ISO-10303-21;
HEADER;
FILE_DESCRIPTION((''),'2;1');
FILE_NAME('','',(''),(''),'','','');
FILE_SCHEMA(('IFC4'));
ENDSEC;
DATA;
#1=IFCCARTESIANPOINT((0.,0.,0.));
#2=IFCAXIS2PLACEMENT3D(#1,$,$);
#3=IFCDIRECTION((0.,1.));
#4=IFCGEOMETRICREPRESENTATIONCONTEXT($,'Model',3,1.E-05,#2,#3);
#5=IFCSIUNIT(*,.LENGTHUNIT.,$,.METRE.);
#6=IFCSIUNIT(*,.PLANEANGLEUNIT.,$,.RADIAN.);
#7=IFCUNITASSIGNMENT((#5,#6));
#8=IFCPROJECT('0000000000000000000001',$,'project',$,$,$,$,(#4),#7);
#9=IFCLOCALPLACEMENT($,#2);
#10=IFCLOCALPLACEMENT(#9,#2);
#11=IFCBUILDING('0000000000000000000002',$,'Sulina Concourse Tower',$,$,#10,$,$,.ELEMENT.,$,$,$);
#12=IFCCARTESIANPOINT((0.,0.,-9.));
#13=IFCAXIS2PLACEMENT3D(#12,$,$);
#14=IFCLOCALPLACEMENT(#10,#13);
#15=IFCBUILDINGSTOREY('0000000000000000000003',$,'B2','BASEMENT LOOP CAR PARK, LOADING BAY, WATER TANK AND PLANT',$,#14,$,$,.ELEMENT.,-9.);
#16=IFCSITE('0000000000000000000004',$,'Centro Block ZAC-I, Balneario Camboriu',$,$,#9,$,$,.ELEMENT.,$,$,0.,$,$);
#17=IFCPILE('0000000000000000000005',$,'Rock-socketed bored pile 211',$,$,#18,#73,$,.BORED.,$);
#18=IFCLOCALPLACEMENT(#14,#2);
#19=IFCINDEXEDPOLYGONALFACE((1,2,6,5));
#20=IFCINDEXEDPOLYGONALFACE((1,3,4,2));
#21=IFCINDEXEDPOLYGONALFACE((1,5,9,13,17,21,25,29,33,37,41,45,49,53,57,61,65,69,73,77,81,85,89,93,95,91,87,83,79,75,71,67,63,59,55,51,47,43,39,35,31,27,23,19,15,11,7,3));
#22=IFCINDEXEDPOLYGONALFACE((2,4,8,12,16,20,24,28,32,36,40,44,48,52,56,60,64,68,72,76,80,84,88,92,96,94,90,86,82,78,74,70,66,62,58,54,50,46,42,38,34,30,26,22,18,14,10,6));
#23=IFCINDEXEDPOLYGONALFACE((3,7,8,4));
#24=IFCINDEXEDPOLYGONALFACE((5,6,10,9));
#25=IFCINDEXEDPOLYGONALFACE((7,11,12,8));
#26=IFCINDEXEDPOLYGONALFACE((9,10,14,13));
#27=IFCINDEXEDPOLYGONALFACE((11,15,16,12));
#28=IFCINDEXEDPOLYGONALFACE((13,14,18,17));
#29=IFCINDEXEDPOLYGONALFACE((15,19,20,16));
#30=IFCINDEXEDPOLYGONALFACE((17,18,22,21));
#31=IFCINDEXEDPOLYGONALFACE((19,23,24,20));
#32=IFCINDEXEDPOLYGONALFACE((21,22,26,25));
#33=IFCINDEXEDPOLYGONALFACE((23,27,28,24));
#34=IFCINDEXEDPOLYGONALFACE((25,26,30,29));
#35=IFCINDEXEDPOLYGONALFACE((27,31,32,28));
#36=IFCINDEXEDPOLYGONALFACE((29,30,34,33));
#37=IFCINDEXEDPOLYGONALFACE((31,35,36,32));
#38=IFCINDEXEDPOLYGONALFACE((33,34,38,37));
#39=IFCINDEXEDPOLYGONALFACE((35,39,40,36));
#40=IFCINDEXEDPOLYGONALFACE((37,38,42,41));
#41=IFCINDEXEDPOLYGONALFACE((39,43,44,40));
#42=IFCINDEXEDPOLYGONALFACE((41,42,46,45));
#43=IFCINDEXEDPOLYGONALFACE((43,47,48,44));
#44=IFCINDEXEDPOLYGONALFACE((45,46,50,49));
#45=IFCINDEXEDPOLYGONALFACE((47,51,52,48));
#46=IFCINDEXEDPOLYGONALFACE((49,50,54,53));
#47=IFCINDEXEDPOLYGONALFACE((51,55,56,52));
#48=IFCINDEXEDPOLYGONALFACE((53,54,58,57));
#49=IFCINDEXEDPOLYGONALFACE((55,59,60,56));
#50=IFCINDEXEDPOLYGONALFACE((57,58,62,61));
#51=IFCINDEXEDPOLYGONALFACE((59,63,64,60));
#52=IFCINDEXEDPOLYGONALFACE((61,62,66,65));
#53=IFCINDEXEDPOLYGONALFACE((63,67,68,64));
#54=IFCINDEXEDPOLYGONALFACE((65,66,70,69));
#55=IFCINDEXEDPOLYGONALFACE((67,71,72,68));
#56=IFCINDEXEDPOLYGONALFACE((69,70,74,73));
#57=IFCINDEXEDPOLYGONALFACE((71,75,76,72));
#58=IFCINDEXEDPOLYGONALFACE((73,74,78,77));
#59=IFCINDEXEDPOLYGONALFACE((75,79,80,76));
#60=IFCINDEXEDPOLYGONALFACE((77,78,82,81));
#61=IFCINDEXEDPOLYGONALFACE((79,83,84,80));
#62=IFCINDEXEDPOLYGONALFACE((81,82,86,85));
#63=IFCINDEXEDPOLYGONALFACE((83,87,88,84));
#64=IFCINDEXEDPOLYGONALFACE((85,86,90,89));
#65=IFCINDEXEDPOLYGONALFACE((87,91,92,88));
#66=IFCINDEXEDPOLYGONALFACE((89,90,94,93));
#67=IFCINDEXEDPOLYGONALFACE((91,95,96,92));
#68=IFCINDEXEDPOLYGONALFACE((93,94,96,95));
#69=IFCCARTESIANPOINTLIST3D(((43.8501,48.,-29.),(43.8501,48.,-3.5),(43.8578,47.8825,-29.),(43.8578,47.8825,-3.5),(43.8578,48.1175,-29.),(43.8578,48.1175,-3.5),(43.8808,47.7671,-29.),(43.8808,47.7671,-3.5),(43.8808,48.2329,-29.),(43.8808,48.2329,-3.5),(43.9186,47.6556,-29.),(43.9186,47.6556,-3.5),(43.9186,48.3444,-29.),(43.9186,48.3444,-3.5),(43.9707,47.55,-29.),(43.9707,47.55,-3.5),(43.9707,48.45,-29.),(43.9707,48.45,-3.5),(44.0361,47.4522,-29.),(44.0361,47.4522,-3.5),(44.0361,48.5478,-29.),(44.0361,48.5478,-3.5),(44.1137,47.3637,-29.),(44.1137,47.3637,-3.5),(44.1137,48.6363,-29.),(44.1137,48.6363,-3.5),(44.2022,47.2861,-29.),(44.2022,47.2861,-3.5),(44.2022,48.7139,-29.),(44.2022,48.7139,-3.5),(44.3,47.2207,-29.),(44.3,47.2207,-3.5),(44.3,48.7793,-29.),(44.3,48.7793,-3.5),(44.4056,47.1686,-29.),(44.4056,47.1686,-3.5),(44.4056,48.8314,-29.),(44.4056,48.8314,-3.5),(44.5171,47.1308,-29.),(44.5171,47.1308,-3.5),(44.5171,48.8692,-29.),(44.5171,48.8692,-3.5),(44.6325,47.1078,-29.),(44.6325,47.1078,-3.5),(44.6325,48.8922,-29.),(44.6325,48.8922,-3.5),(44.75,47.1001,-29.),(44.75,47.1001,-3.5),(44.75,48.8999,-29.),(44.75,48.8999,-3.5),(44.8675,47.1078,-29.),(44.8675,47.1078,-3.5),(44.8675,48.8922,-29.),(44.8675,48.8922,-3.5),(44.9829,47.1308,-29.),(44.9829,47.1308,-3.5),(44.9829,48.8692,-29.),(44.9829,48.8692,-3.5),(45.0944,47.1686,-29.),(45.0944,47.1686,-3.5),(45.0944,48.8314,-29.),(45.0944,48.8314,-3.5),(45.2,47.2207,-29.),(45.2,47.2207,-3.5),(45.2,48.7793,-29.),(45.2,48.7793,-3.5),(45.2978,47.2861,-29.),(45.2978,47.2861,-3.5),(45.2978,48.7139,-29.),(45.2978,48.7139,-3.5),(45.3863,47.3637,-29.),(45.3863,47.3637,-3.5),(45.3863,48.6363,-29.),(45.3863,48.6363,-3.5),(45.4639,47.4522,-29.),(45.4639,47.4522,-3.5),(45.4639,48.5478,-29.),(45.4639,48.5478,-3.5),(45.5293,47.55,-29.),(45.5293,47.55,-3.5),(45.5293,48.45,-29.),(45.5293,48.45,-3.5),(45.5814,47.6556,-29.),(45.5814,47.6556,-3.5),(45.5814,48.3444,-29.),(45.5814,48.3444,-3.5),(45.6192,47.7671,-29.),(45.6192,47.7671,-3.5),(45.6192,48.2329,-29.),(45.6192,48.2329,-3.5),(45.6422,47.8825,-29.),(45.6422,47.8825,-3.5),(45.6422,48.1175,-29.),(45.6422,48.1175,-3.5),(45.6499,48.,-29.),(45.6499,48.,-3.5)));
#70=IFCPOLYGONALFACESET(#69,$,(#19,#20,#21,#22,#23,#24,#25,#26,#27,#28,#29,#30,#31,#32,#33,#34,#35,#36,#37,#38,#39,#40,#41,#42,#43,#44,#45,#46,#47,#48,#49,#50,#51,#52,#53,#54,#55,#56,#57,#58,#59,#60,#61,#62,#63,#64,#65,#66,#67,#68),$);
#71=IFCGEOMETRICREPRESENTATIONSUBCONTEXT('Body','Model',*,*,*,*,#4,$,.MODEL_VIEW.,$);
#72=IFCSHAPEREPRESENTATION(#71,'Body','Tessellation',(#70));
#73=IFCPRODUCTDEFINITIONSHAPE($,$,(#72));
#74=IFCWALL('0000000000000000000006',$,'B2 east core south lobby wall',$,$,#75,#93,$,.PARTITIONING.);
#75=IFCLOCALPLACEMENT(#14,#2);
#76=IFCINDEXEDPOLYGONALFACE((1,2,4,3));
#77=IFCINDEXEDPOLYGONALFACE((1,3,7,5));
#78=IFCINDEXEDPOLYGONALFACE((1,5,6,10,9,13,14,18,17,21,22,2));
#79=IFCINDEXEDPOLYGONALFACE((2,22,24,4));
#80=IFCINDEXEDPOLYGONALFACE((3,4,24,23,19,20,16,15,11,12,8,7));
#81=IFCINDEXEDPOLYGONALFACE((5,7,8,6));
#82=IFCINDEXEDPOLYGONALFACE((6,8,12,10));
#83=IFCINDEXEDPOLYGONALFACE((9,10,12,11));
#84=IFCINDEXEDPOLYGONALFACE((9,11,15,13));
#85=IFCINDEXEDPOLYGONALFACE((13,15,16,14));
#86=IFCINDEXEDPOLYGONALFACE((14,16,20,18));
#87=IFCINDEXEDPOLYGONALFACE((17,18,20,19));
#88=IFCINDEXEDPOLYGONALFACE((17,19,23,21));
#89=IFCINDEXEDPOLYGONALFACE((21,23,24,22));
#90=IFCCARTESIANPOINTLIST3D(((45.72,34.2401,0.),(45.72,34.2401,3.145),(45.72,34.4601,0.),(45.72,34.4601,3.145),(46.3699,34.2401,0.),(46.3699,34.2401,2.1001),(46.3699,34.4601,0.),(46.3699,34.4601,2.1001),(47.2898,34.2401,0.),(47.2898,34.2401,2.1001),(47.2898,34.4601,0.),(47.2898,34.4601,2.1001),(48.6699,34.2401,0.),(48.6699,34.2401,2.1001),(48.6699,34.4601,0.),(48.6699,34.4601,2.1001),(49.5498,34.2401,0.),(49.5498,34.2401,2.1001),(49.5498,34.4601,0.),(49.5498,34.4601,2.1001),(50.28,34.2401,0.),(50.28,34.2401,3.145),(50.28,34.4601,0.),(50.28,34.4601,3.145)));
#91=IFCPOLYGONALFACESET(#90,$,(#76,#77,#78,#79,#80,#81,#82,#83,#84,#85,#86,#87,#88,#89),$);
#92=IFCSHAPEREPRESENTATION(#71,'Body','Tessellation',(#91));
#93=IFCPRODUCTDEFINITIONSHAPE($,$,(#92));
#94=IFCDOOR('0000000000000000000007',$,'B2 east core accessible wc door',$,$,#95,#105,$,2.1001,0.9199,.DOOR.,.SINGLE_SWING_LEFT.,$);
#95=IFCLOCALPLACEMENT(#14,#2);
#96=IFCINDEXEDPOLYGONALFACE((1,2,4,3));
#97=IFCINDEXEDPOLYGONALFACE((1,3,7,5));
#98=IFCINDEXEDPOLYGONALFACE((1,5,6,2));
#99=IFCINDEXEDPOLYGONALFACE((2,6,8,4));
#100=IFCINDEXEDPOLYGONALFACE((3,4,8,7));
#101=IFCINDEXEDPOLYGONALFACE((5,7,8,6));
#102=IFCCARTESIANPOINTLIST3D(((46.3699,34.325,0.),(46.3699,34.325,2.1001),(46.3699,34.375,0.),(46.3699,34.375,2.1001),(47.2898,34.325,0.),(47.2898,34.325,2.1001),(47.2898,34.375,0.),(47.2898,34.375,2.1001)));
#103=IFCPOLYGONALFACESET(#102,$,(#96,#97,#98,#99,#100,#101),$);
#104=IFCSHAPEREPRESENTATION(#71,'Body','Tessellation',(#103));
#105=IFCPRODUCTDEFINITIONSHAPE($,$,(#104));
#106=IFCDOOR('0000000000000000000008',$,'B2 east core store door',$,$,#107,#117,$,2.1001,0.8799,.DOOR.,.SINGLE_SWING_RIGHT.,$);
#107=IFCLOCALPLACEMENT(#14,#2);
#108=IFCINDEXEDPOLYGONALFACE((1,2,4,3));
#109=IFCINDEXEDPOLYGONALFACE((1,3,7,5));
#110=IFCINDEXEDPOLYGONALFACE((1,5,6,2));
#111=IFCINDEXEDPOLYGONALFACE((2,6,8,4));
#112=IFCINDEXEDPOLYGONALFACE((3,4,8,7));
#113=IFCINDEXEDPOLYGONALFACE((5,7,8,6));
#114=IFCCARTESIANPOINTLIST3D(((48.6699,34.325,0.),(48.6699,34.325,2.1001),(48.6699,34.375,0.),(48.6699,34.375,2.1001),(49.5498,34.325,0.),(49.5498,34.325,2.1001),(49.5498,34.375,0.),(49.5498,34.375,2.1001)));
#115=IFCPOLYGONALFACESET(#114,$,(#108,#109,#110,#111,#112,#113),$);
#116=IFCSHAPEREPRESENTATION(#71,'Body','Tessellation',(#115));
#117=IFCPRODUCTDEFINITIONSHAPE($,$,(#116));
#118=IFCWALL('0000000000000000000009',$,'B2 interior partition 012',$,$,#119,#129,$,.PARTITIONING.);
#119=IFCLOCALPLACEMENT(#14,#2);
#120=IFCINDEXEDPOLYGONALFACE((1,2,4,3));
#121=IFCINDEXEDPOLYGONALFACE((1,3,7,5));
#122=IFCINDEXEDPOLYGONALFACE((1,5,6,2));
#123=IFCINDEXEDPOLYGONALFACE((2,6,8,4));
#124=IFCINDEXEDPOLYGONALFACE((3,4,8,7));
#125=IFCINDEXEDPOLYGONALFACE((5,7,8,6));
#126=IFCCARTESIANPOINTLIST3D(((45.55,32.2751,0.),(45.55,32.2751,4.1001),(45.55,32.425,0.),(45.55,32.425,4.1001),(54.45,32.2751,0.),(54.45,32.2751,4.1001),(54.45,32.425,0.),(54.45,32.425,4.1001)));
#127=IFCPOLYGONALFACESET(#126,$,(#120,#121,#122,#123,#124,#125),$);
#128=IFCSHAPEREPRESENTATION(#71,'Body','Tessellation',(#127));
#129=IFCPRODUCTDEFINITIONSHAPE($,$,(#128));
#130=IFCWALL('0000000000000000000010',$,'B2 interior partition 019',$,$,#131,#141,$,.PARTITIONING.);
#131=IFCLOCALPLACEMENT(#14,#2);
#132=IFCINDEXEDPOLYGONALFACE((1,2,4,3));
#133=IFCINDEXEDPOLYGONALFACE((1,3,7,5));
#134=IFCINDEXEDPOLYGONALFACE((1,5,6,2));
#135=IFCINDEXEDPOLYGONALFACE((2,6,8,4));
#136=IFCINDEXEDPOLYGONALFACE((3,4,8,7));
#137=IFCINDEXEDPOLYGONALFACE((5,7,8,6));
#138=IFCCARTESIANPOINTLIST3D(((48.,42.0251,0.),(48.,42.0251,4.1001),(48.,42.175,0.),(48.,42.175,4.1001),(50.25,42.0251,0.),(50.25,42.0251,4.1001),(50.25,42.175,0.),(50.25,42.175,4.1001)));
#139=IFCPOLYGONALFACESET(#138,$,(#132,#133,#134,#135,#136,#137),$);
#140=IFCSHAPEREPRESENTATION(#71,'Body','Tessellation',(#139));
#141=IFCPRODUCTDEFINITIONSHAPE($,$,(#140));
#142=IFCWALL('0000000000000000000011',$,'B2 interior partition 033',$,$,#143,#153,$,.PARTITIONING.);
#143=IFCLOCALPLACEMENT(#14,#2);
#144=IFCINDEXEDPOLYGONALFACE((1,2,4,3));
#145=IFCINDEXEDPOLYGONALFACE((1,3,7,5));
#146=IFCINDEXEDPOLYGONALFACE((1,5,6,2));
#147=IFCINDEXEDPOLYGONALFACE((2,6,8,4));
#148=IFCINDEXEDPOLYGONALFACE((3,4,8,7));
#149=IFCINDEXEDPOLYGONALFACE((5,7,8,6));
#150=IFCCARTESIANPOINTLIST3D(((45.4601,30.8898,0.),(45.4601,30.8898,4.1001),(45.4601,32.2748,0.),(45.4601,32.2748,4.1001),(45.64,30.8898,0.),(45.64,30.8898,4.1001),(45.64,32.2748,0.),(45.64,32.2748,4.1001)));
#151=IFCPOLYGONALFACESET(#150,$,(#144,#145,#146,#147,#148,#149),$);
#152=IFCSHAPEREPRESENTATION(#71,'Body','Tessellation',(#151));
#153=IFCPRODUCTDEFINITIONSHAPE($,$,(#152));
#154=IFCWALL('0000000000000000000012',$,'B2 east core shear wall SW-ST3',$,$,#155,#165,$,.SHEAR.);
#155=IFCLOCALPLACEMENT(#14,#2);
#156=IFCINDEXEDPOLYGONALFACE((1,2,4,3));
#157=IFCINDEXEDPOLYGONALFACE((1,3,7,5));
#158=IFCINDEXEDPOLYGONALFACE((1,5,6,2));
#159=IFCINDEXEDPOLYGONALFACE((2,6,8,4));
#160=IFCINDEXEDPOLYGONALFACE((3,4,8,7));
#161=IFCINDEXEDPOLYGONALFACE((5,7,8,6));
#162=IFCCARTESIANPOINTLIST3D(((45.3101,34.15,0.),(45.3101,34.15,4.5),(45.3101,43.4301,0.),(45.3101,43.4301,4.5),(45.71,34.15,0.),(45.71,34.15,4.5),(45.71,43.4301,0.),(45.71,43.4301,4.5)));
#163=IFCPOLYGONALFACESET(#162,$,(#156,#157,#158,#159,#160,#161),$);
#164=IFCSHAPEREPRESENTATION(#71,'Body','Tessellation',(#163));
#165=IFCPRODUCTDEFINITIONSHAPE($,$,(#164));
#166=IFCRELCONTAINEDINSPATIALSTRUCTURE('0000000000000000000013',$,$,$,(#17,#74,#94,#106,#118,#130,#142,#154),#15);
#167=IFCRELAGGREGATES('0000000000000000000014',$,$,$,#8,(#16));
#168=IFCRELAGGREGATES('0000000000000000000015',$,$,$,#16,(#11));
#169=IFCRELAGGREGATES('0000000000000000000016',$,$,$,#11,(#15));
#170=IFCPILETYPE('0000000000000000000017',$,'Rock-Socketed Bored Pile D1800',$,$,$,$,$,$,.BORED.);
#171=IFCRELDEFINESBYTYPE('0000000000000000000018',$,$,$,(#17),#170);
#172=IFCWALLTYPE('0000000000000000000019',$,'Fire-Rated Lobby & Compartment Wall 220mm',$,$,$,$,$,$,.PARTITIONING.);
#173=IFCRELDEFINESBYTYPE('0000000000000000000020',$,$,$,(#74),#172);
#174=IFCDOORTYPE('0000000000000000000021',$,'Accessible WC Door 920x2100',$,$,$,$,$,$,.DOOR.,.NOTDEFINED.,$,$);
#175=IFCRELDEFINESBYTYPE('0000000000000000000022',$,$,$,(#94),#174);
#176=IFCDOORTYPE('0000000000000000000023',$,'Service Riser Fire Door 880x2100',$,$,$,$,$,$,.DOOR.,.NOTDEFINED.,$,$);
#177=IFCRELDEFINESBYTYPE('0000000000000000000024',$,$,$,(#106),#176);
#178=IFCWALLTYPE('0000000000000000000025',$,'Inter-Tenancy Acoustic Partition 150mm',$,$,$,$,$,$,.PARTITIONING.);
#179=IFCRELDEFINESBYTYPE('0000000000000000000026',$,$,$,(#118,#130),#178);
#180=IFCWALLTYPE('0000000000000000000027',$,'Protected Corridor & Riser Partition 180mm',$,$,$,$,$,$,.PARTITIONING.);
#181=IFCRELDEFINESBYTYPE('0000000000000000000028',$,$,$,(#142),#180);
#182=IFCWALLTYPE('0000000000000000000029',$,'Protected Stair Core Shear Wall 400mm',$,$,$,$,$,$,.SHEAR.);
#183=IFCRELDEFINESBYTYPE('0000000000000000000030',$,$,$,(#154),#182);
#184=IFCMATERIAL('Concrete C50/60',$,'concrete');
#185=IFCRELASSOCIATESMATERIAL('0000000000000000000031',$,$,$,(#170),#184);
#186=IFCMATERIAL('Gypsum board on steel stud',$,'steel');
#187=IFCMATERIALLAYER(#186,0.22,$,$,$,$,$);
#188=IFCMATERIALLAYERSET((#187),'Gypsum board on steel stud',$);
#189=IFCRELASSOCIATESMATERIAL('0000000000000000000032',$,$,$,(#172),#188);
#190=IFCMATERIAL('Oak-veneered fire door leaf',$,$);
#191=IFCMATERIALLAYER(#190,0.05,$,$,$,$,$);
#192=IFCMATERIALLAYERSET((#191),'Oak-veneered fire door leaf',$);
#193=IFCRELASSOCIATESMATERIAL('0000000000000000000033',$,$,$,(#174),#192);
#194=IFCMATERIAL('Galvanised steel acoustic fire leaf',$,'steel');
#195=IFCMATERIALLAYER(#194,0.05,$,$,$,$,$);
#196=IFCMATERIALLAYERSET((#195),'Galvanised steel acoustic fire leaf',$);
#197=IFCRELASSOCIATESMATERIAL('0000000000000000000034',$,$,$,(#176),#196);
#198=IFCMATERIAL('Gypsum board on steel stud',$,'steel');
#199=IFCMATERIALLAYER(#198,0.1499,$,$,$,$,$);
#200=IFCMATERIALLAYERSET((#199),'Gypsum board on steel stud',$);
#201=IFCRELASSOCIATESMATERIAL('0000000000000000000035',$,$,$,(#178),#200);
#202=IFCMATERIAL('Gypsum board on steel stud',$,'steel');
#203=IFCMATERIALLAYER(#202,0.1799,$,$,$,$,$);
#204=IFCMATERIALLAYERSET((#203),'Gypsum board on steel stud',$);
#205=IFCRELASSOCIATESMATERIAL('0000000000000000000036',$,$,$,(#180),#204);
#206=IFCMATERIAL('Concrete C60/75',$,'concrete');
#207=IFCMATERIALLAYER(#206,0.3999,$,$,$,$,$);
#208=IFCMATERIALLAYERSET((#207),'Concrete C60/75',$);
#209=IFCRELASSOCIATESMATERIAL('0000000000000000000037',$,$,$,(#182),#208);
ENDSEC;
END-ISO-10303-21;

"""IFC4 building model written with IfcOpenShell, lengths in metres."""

from ifc_helpers import new_model, si_unit, direction, frame, frame_2d, origin, origin_2d, place, context, subcontext, project, spatial, rectangle, circle, extrude, material, layer, layer_set, material_profile, profile_set, type_object, element, fill, save


model = new_model("IFC4")

# Units and contexts
model_context = context("Model", 3, precision=1e-05, world=origin(), true_north=direction((0.0, 1.0)))
body_context = subcontext(model_context, "Body", "Model", "MODEL_VIEW")
ifc_project = project(units=[si_unit("LENGTHUNIT", "METRE"), si_unit("PLANEANGLEUNIT", "RADIAN")], contexts=[model_context])

# Site, building, storey
site_placement = place(None, origin())
site = spatial("IfcSite", under=ifc_project, at=site_placement, Name="Centro Block ZAC-I, Balneario Camboriu", CompositionType="ELEMENT", RefElevation=0.0)
building_placement = place(site_placement, origin())
building = spatial("IfcBuilding", under=site, at=building_placement, Name="Sulina Concourse Tower", CompositionType="ELEMENT")
storey_placement = place(building_placement, frame((0.0, 0.0, -9.0)))
storey = spatial("IfcBuildingStorey", under=building, at=storey_placement, Name="B2", Description="BASEMENT LOOP CAR PARK, LOADING BAY, WATER TANK AND PLANT", CompositionType="ELEMENT", Elevation=-9.0)

# Pile
ifc_material_1 = material(Name="Concrete C50/60", Category="concrete")
ifc_material_profile_1 = material_profile(ifc_material_1, circle(Radius=0.8999, at=origin_2d()), Name="PILE D1800")
ifc_profile_set_1 = profile_set([ifc_material_profile_1], Name="Concrete C50/60")
pile_type_1 = type_object("IfcPileType", Name="Rock-Socketed Bored Pile D1800", PredefinedType="BORED", material=ifc_profile_set_1)
for number, where, z_axis, x_axis, name in (
    (1, (44.75, 48.0, -3.5), (0.0, 0.0, -1.0), (1.0, 0.0, 0.0), "Rock-socketed bored pile 211"),
):
    element("IfcPile", number, at=place(storey_placement, frame(where, z_axis=z_axis, x_axis=x_axis)), inside=storey, type_object=pile_type_1, Name=name, PredefinedType="BORED", context=body_context, shape_type="SweptSolid", body=[
        extrude(circle(Radius=0.8999, at=origin_2d()), origin(), (0.0, 0.0, 1.0), 25.5),
    ])

# Wall, openings, doors
ifc_material_2 = material(Name="Gypsum board on steel stud", Category="steel")
ifc_layer_1 = layer(ifc_material_2, 0.22)
ifc_layer_set_1 = layer_set([ifc_layer_1], Name="Gypsum board on steel stud")
wall_type_1 = type_object("IfcWallType", Name="Fire-Rated Lobby & Compartment Wall 220mm", PredefinedType="PARTITIONING", material=ifc_layer_set_1)
wall_1_placement = place(storey_placement, frame((45.72, 34.3501, 0.0), z_axis=(0.0, 0.0, 1.0), x_axis=(1.0, 0.0, 0.0)))
wall_1 = element("IfcWall", 2, at=wall_1_placement, inside=storey, type_object=wall_type_1, Name="B2 east core south lobby wall", PredefinedType="PARTITIONING", context=body_context, shape_type="SweptSolid", body=[
    extrude(rectangle(XDim=4.5601, YDim=0.22, at=frame_2d((2.28, 0.0))), origin(), (0.0, 0.0, 1.0), 3.145),
])
opening_1_placement = place(wall_1_placement, frame((0.6499, 0.0, 0.0)))
opening_1 = element("IfcOpeningElement", 3, at=opening_1_placement, cuts=wall_1, PredefinedType="OPENING", context=body_context, shape_type="SweptSolid", body=[
    extrude(rectangle(XDim=0.9199, YDim=2.1001, at=frame_2d((0.46, 1.05))), frame((0.0, 0.1199, 0.0), z_axis=(0.0, -1.0, 0.0), x_axis=(1.0, 0.0, 0.0)), (0.0, 0.0, 1.0), 0.24),
])
opening_2_placement = place(wall_1_placement, frame((2.95, 0.0, 0.0)))
opening_2 = element("IfcOpeningElement", 4, at=opening_2_placement, cuts=wall_1, PredefinedType="OPENING", context=body_context, shape_type="SweptSolid", body=[
    extrude(rectangle(XDim=0.8799, YDim=2.1001, at=frame_2d((0.4399, 1.05))), frame((0.0, 0.1199, 0.0), z_axis=(0.0, -1.0, 0.0), x_axis=(1.0, 0.0, 0.0)), (0.0, 0.0, 1.0), 0.24),
])
ifc_material_3 = material(Name="Oak-veneered fire door leaf")
ifc_layer_2 = layer(ifc_material_3, 0.05)
ifc_layer_set_2 = layer_set([ifc_layer_2], Name="Oak-veneered fire door leaf")
door_type_1 = type_object("IfcDoorType", Name="Accessible WC Door 920x2100", OperationType="NOTDEFINED", PredefinedType="DOOR", material=ifc_layer_set_2)
door_1_placement = place(opening_1_placement, origin())
door_1 = element("IfcDoor", 5, at=door_1_placement, inside=storey, type_object=door_type_1, Name="B2 east core accessible wc door", OperationType="SINGLE_SWING_LEFT", OverallHeight=2.1001, OverallWidth=0.9199, PredefinedType="DOOR", context=body_context, shape_type="SweptSolid", body=[
    extrude(rectangle(XDim=0.9199, YDim=2.1001, at=frame_2d((0.46, 1.05))), frame((0.0, 0.0249, 0.0), z_axis=(0.0, -1.0, 0.0), x_axis=(1.0, 0.0, 0.0)), (0.0, 0.0, 1.0), 0.05),
])
fill(opening_1, door_1)
ifc_material_4 = material(Name="Galvanised steel acoustic fire leaf", Category="steel")
ifc_layer_3 = layer(ifc_material_4, 0.05)
ifc_layer_set_3 = layer_set([ifc_layer_3], Name="Galvanised steel acoustic fire leaf")
door_type_2 = type_object("IfcDoorType", Name="Service Riser Fire Door 880x2100", OperationType="NOTDEFINED", PredefinedType="DOOR", material=ifc_layer_set_3)
door_2_placement = place(opening_2_placement, origin())
door_2 = element("IfcDoor", 6, at=door_2_placement, inside=storey, type_object=door_type_2, Name="B2 east core store door", OperationType="SINGLE_SWING_RIGHT", OverallHeight=2.1001, OverallWidth=0.8799, PredefinedType="DOOR", context=body_context, shape_type="SweptSolid", body=[
    extrude(rectangle(XDim=0.8799, YDim=2.1001, at=frame_2d((0.4399, 1.05))), frame((0.0, 0.0249, 0.0), z_axis=(0.0, -1.0, 0.0), x_axis=(1.0, 0.0, 0.0)), (0.0, 0.0, 1.0), 0.05),
])
fill(opening_2, door_2)

# Walls
ifc_material_5 = material(Name="Gypsum board on steel stud", Category="steel")
ifc_layer_4 = layer(ifc_material_5, 0.1499)
ifc_layer_set_4 = layer_set([ifc_layer_4], Name="Gypsum board on steel stud")
wall_type_2 = type_object("IfcWallType", Name="Inter-Tenancy Acoustic Partition 150mm", PredefinedType="PARTITIONING", material=ifc_layer_set_4)
wall_2_placement = place(storey_placement, frame((45.55, 32.3501, 0.0), z_axis=(0.0, 0.0, 1.0), x_axis=(1.0, 0.0, 0.0)))
element("IfcWall", 7, at=wall_2_placement, inside=storey, type_object=wall_type_2, Name="B2 interior partition 012", PredefinedType="PARTITIONING", context=body_context, shape_type="SweptSolid", body=[
    extrude(rectangle(XDim=8.8999, YDim=0.1499, at=frame_2d((4.45, 0.0))), origin(), (0.0, 0.0, 1.0), 4.1001),
])
wall_3_placement = place(storey_placement, frame((48.0, 42.1001, 0.0), z_axis=(0.0, 0.0, 1.0), x_axis=(1.0, 0.0, 0.0)))
element("IfcWall", 8, at=wall_3_placement, inside=storey, type_object=wall_type_2, Name="B2 interior partition 019", PredefinedType="PARTITIONING", context=body_context, shape_type="SweptSolid", body=[
    extrude(rectangle(XDim=2.25, YDim=0.1499, at=frame_2d((1.125, 0.0))), origin(), (0.0, 0.0, 1.0), 4.1001),
])
ifc_material_6 = material(Name="Gypsum board on steel stud", Category="steel")
ifc_layer_5 = layer(ifc_material_6, 0.1799)
ifc_layer_set_5 = layer_set([ifc_layer_5], Name="Gypsum board on steel stud")
wall_type_3 = type_object("IfcWallType", Name="Protected Corridor & Riser Partition 180mm", PredefinedType="PARTITIONING", material=ifc_layer_set_5)
wall_4_placement = place(storey_placement, frame((45.55, 30.8899, 0.0), z_axis=(0.0, 0.0, 1.0), x_axis=(0.0, 1.0, 0.0)))
element("IfcWall", 9, at=wall_4_placement, inside=storey, type_object=wall_type_3, Name="B2 interior partition 033", PredefinedType="PARTITIONING", context=body_context, shape_type="SweptSolid", body=[
    extrude(rectangle(XDim=1.385, YDim=0.1799, at=frame_2d((0.6924, 0.0))), origin(), (0.0, 0.0, 1.0), 4.1001),
])
ifc_material_7 = material(Name="Concrete C60/75", Category="concrete")
ifc_layer_6 = layer(ifc_material_7, 0.3999)
ifc_layer_set_6 = layer_set([ifc_layer_6], Name="Concrete C60/75")
wall_type_4 = type_object("IfcWallType", Name="Protected Stair Core Shear Wall 400mm", PredefinedType="SHEAR", material=ifc_layer_set_6)
wall_5_placement = place(storey_placement, frame((45.51, 34.1499, 0.0), z_axis=(0.0, 0.0, 1.0), x_axis=(0.0, 1.0, 0.0)))
element("IfcWall", 10, at=wall_5_placement, inside=storey, type_object=wall_type_4, Name="B2 east core shear wall SW-ST3", PredefinedType="SHEAR", context=body_context, shape_type="SweptSolid", body=[
    extrude(rectangle(XDim=9.28, YDim=0.3999, at=frame_2d((4.6401, 0.0))), origin(), (0.0, 0.0, 1.0), 4.5),
])

save(model, "model.ifc")
